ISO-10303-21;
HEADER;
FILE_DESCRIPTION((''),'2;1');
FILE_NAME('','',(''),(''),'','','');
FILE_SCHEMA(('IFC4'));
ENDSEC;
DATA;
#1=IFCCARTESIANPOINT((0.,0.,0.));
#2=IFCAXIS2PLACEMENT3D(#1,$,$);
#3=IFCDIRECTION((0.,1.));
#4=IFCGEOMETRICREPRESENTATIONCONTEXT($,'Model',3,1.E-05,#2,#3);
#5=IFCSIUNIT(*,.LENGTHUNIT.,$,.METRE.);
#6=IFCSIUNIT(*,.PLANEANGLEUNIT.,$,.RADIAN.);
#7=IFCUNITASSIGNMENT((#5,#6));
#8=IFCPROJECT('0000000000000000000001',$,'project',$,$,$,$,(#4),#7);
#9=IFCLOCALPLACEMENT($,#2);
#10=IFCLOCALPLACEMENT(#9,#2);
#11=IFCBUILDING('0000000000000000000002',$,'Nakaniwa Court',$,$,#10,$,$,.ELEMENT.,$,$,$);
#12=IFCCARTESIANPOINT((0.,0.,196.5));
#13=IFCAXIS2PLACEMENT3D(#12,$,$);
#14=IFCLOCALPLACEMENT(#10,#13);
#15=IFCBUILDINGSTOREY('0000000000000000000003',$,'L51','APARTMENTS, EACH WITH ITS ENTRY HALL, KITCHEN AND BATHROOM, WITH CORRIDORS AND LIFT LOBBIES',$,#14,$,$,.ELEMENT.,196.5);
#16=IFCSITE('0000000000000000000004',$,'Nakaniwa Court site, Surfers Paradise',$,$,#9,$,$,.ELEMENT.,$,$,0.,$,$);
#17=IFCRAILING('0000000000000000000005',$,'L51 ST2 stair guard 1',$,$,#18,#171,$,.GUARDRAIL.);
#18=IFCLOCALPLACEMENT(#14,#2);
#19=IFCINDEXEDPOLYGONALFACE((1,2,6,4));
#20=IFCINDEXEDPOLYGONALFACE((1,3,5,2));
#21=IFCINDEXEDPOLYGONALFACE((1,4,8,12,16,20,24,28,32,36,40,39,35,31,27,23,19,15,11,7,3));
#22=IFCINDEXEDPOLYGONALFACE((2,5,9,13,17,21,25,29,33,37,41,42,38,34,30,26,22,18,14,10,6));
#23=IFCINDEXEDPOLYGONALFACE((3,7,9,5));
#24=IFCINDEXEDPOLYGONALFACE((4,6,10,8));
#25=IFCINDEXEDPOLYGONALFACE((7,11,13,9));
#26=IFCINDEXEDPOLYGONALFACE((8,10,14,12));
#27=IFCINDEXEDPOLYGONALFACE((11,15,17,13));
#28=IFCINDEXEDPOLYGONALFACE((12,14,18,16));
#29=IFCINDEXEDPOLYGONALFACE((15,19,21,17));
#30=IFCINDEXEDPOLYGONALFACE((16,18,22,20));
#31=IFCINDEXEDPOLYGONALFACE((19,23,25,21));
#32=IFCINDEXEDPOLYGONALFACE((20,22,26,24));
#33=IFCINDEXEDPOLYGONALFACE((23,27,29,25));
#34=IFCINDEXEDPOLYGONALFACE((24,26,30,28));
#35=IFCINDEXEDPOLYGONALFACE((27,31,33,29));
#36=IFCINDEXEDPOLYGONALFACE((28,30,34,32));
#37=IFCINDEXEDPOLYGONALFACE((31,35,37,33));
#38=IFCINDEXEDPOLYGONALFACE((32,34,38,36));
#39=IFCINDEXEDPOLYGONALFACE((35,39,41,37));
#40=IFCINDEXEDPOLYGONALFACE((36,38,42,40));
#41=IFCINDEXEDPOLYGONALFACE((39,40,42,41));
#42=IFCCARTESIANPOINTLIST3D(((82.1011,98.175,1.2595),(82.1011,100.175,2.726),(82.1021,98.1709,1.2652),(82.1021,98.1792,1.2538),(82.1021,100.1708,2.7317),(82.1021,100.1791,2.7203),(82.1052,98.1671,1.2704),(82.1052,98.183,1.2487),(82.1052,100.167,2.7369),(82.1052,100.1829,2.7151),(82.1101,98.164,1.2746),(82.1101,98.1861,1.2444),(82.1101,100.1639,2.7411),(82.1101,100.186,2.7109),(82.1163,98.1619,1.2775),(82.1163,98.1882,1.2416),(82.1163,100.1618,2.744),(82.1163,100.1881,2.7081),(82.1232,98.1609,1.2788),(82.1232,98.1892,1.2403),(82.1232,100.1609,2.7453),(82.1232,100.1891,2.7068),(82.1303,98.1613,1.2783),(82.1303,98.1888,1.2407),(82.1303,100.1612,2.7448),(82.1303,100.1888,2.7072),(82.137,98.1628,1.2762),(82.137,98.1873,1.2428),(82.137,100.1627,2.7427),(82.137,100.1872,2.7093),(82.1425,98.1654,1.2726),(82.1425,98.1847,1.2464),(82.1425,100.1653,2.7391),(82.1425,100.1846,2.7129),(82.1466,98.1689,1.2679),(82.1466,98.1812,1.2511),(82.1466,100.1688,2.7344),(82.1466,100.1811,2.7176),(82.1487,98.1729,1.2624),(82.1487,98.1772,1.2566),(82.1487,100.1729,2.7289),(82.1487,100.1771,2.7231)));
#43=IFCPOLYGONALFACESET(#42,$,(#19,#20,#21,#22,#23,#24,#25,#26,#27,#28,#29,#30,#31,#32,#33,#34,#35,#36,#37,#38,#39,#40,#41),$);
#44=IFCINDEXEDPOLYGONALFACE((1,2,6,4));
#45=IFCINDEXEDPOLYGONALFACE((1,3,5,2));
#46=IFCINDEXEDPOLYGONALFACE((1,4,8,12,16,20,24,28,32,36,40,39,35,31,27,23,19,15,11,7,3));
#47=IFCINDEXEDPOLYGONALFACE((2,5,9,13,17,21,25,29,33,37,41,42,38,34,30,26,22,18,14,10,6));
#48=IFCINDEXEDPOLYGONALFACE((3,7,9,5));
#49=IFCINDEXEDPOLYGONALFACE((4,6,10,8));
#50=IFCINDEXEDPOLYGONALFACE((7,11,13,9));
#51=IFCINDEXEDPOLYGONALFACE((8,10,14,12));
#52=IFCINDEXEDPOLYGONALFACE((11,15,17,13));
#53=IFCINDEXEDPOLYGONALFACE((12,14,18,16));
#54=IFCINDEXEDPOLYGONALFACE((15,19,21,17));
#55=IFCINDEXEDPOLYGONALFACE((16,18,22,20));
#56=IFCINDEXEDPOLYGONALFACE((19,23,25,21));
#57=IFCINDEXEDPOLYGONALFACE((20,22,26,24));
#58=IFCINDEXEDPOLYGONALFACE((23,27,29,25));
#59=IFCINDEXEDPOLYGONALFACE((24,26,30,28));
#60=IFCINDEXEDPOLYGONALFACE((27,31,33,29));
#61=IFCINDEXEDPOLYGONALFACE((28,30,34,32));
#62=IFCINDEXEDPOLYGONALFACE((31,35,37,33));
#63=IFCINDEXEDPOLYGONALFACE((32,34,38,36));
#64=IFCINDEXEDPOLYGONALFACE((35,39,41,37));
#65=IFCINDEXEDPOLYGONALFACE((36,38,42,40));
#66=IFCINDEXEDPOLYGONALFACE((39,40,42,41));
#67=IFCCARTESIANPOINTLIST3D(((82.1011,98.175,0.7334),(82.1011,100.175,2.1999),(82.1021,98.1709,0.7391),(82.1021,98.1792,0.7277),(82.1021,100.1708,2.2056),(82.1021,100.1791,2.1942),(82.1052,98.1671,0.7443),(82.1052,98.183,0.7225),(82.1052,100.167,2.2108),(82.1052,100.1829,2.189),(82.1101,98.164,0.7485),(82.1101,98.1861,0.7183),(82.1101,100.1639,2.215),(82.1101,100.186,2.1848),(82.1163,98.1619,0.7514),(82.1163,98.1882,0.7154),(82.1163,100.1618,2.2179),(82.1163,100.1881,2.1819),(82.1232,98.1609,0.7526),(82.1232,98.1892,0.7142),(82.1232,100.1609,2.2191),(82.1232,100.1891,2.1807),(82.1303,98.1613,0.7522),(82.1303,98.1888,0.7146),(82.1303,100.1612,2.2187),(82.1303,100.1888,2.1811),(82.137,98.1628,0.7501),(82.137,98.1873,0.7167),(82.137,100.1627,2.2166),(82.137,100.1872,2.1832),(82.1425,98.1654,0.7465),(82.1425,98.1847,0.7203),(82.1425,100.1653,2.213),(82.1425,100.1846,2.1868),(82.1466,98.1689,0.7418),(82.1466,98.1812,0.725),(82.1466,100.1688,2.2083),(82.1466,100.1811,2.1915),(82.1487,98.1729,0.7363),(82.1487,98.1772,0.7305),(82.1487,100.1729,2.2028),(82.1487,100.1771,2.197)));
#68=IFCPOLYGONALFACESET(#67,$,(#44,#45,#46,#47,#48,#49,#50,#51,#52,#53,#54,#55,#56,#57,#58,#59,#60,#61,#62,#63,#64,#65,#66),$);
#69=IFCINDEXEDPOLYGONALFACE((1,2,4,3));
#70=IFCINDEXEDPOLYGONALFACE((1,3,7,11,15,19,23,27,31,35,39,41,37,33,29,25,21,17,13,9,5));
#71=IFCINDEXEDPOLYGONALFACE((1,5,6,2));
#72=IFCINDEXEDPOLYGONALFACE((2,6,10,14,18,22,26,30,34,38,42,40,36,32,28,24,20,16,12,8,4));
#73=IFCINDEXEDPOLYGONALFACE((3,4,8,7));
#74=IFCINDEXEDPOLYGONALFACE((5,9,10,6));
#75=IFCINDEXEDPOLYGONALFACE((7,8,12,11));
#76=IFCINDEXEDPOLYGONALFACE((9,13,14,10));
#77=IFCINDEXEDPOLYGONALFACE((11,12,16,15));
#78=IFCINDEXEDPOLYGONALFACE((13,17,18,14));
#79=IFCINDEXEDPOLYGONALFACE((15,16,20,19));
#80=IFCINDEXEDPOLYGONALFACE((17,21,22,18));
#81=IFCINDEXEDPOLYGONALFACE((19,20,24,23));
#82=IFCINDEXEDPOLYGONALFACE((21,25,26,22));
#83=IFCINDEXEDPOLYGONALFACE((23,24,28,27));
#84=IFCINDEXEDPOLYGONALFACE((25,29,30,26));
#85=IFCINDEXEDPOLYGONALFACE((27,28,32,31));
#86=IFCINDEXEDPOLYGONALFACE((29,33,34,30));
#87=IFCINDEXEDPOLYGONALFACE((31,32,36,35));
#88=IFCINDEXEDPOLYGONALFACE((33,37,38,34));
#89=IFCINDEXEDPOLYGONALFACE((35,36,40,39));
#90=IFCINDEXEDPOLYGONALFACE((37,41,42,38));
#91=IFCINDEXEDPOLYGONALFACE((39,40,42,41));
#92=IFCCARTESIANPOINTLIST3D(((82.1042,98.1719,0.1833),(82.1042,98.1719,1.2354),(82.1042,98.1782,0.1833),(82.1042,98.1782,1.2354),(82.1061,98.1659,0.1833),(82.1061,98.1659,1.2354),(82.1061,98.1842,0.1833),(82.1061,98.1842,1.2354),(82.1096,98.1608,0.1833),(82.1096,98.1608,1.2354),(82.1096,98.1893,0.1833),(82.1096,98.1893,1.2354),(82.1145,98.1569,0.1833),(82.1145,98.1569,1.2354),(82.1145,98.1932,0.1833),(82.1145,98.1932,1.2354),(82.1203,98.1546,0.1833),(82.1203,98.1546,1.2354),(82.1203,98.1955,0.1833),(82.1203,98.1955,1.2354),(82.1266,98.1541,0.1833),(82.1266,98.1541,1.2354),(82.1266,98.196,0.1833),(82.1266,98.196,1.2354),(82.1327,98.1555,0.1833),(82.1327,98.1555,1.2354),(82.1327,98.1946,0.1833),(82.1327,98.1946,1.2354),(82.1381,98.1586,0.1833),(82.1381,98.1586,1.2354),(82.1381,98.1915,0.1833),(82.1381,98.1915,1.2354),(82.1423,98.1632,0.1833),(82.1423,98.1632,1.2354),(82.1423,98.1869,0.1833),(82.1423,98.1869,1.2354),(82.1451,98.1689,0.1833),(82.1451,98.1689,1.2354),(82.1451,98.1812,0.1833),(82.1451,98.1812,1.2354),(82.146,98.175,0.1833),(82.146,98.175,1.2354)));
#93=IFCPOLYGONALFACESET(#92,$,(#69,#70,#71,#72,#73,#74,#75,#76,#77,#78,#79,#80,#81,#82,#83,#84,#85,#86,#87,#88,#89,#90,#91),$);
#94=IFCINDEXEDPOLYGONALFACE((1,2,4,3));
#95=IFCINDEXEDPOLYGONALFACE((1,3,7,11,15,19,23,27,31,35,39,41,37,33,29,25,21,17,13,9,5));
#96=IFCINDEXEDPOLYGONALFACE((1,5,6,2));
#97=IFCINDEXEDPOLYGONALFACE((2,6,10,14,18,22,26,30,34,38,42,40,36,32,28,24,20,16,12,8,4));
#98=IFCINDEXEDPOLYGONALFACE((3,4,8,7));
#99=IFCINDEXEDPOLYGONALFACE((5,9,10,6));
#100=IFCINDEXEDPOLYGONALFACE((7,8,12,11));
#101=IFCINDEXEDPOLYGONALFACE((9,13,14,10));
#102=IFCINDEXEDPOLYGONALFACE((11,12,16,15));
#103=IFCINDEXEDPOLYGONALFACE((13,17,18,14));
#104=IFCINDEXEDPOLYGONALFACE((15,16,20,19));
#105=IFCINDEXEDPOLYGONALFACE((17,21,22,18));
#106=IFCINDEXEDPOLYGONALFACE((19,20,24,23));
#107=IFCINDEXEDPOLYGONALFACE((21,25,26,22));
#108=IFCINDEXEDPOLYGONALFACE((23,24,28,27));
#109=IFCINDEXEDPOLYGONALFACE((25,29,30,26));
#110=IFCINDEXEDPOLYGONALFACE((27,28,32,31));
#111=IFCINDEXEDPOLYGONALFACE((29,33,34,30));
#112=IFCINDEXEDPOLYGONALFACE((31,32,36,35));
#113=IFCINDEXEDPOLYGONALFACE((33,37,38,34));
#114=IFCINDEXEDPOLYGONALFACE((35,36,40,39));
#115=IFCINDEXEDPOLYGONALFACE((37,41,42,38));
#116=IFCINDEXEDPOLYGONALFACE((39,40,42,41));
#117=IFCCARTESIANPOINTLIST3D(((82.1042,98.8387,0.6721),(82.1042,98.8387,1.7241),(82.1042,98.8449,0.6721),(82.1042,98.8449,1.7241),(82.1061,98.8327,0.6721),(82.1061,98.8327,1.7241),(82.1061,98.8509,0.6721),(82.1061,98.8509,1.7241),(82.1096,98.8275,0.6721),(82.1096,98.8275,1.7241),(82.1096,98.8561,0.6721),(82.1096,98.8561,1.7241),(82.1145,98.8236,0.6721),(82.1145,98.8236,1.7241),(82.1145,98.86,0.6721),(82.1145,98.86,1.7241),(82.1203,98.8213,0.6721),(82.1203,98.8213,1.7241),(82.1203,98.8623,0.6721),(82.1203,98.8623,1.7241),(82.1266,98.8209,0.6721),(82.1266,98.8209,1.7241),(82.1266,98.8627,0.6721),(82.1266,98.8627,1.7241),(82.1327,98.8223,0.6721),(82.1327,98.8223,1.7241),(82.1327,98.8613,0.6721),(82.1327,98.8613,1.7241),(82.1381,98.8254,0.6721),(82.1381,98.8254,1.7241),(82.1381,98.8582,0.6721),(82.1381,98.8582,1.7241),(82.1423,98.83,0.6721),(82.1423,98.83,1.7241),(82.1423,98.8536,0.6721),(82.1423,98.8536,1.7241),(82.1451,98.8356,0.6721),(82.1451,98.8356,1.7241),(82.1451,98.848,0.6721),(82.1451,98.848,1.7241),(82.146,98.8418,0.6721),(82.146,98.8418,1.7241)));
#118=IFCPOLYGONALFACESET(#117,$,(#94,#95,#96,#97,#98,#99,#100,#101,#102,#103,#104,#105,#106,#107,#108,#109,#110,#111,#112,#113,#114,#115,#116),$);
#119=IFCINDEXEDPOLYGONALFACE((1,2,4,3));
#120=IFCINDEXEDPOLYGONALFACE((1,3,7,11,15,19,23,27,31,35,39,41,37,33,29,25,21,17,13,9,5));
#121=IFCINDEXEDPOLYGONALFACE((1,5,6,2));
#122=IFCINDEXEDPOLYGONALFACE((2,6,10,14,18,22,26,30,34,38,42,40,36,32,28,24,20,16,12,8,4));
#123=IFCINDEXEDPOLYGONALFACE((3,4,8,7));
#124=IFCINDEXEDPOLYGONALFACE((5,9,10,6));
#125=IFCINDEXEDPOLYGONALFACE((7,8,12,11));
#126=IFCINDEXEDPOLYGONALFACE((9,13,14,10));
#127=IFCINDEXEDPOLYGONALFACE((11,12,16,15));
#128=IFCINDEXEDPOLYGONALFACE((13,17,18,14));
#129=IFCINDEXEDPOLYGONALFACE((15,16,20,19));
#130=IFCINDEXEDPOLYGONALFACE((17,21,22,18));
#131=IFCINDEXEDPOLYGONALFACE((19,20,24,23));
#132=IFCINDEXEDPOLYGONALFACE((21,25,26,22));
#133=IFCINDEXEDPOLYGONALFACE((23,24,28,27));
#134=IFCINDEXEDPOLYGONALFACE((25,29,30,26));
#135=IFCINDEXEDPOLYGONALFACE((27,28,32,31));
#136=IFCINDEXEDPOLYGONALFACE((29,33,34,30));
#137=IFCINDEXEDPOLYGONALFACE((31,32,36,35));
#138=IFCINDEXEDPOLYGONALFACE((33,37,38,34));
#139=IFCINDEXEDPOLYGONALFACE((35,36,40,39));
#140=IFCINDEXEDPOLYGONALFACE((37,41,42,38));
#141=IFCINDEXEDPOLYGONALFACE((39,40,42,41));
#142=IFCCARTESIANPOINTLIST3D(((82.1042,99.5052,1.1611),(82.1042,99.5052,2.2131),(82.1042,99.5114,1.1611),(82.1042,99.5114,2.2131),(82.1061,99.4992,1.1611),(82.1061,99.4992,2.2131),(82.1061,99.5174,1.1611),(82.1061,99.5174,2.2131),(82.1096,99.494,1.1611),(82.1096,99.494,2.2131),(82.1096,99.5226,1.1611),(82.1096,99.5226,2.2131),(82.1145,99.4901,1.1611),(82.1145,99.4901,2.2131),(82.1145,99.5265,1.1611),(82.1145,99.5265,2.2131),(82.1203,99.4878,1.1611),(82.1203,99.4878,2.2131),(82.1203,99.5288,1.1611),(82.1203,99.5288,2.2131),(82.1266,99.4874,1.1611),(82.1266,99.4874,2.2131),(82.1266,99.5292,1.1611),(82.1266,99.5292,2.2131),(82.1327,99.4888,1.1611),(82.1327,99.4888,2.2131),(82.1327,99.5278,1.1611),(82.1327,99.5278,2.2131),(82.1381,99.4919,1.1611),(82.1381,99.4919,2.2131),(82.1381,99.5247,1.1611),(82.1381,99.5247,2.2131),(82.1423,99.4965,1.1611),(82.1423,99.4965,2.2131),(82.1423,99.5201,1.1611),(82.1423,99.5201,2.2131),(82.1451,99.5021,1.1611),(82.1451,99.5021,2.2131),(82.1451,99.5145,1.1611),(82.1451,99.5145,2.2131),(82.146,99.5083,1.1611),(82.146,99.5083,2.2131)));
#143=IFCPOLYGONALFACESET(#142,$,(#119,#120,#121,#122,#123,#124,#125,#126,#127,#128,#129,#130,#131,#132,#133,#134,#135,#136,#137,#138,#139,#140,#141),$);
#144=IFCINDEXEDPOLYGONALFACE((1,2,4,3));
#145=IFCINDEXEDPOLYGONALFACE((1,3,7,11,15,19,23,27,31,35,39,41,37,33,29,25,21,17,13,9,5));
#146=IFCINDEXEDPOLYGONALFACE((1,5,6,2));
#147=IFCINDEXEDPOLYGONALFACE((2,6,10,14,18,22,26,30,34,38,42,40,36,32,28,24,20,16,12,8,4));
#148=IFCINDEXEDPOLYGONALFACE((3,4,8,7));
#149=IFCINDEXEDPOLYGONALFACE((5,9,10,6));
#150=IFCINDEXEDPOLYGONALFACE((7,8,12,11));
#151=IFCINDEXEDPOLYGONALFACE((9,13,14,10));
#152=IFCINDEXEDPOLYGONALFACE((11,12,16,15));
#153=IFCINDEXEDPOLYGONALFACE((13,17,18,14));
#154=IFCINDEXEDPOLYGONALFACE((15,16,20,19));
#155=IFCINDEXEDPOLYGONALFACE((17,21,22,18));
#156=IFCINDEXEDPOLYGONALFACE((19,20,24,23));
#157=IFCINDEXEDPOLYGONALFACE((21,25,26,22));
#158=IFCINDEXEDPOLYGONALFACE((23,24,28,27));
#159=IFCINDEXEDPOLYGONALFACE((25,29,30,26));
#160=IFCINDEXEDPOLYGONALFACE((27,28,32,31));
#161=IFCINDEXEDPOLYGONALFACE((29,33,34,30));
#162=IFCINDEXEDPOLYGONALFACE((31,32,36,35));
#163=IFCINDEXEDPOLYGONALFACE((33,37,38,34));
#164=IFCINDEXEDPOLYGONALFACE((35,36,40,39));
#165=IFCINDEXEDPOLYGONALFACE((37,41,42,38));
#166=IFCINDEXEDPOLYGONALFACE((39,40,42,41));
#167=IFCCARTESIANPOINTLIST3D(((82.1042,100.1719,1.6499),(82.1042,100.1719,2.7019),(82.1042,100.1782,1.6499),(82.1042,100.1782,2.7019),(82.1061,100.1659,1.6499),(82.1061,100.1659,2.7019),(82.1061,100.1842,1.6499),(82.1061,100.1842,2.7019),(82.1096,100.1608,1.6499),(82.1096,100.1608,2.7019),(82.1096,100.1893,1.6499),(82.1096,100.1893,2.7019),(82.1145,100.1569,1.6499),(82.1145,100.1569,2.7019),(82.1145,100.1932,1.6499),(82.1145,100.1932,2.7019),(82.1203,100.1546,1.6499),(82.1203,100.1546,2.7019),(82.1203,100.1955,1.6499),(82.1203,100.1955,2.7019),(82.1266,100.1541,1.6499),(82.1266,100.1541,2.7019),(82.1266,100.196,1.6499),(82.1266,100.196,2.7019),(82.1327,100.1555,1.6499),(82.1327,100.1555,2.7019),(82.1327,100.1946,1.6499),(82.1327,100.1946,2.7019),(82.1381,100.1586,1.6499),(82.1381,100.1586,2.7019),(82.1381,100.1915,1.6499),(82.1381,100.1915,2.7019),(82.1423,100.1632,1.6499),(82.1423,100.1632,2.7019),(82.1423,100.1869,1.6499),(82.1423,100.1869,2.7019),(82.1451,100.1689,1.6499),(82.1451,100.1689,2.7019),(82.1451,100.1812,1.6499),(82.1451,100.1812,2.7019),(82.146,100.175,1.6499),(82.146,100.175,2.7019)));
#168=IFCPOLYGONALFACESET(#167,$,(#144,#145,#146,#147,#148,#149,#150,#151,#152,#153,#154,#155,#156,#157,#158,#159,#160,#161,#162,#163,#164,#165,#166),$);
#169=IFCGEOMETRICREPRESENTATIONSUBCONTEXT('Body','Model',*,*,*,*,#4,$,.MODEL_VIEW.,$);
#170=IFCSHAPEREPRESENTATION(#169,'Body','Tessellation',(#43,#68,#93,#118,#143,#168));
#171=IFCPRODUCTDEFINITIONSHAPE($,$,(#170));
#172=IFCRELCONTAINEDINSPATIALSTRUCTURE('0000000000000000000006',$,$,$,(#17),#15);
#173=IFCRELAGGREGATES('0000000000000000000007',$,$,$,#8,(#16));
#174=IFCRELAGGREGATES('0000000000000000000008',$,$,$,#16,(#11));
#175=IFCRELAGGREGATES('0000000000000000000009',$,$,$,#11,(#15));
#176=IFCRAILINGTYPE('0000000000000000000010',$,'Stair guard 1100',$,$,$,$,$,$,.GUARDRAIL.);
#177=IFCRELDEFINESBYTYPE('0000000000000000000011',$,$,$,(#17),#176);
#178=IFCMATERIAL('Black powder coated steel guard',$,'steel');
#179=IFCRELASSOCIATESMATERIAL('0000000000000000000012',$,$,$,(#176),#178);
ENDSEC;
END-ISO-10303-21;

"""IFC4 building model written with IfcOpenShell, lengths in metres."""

from ifc_helpers import new_model, si_unit, direction, frame, origin, origin_2d, place, context, subcontext, project, spatial, circle, extrude, material, type_object, element, save


model = new_model("IFC4")

# Units and contexts
model_context = context("Model", 3, precision=1e-05, world=origin(), true_north=direction((0.0, 1.0)))
body_context = subcontext(model_context, "Body", "Model", "MODEL_VIEW")
ifc_project = project(units=[si_unit("LENGTHUNIT", "METRE"), si_unit("PLANEANGLEUNIT", "RADIAN")], contexts=[model_context])

# Site, building, storey
site_placement = place(None, origin())
site = spatial("IfcSite", under=ifc_project, at=site_placement, Name="Nakaniwa Court site, Surfers Paradise", CompositionType="ELEMENT", RefElevation=0.0)
building_placement = place(site_placement, origin())
building = spatial("IfcBuilding", under=site, at=building_placement, Name="Nakaniwa Court", CompositionType="ELEMENT")
storey_placement = place(building_placement, frame((0.0, 0.0, 196.5)))
storey = spatial("IfcBuildingStorey", under=building, at=storey_placement, Name="L51", Description="APARTMENTS, EACH WITH ITS ENTRY HALL, KITCHEN AND BATHROOM, WITH CORRIDORS AND LIFT LOBBIES", CompositionType="ELEMENT", Elevation=196.5)

# Railing
ifc_material_1 = material(Name="Black powder coated steel guard", Category="steel")
railing_type_1 = type_object("IfcRailingType", Name="Stair guard 1100", PredefinedType="GUARDRAIL", material=ifc_material_1)
railing_1_placement = place(storey_placement, frame((82.125, 98.175, 0.1833)))
element("IfcRailing", 1, at=railing_1_placement, inside=storey, type_object=railing_type_1, Name="L51 ST2 stair guard 1", PredefinedType="GUARDRAIL", context=body_context, shape_type="SweptSolid", body=[
    extrude(circle(Radius=0.0239, at=origin_2d()), frame((0.0, 0.0, 1.0762), z_axis=(0.0, 0.806427, 0.591334), x_axis=(-1.0, 0.0, 0.0)), (0.0, 0.0, 1.0), 2.48),
    extrude(circle(Radius=0.0239, at=origin_2d()), frame((0.0, 0.0, 0.55), z_axis=(0.0, 0.806427, 0.591334), x_axis=(-1.0, 0.0, 0.0)), (0.0, 0.0, 1.0), 2.48),
    extrude(circle(Radius=0.021, at=origin_2d()), origin(), (0.0, 0.0, 1.0), 1.052),
    extrude(circle(Radius=0.021, at=origin_2d()), frame((0.0, 0.6667, 0.4888)), (0.0, 0.0, 1.0), 1.052),
    extrude(circle(Radius=0.021, at=origin_2d()), frame((0.0, 1.3333, 0.9778)), (0.0, 0.0, 1.0), 1.052),
    extrude(circle(Radius=0.021, at=origin_2d()), frame((0.0, 2.0, 1.4666)), (0.0, 0.0, 1.0), 1.052),
])

save(model, "model.ifc")
